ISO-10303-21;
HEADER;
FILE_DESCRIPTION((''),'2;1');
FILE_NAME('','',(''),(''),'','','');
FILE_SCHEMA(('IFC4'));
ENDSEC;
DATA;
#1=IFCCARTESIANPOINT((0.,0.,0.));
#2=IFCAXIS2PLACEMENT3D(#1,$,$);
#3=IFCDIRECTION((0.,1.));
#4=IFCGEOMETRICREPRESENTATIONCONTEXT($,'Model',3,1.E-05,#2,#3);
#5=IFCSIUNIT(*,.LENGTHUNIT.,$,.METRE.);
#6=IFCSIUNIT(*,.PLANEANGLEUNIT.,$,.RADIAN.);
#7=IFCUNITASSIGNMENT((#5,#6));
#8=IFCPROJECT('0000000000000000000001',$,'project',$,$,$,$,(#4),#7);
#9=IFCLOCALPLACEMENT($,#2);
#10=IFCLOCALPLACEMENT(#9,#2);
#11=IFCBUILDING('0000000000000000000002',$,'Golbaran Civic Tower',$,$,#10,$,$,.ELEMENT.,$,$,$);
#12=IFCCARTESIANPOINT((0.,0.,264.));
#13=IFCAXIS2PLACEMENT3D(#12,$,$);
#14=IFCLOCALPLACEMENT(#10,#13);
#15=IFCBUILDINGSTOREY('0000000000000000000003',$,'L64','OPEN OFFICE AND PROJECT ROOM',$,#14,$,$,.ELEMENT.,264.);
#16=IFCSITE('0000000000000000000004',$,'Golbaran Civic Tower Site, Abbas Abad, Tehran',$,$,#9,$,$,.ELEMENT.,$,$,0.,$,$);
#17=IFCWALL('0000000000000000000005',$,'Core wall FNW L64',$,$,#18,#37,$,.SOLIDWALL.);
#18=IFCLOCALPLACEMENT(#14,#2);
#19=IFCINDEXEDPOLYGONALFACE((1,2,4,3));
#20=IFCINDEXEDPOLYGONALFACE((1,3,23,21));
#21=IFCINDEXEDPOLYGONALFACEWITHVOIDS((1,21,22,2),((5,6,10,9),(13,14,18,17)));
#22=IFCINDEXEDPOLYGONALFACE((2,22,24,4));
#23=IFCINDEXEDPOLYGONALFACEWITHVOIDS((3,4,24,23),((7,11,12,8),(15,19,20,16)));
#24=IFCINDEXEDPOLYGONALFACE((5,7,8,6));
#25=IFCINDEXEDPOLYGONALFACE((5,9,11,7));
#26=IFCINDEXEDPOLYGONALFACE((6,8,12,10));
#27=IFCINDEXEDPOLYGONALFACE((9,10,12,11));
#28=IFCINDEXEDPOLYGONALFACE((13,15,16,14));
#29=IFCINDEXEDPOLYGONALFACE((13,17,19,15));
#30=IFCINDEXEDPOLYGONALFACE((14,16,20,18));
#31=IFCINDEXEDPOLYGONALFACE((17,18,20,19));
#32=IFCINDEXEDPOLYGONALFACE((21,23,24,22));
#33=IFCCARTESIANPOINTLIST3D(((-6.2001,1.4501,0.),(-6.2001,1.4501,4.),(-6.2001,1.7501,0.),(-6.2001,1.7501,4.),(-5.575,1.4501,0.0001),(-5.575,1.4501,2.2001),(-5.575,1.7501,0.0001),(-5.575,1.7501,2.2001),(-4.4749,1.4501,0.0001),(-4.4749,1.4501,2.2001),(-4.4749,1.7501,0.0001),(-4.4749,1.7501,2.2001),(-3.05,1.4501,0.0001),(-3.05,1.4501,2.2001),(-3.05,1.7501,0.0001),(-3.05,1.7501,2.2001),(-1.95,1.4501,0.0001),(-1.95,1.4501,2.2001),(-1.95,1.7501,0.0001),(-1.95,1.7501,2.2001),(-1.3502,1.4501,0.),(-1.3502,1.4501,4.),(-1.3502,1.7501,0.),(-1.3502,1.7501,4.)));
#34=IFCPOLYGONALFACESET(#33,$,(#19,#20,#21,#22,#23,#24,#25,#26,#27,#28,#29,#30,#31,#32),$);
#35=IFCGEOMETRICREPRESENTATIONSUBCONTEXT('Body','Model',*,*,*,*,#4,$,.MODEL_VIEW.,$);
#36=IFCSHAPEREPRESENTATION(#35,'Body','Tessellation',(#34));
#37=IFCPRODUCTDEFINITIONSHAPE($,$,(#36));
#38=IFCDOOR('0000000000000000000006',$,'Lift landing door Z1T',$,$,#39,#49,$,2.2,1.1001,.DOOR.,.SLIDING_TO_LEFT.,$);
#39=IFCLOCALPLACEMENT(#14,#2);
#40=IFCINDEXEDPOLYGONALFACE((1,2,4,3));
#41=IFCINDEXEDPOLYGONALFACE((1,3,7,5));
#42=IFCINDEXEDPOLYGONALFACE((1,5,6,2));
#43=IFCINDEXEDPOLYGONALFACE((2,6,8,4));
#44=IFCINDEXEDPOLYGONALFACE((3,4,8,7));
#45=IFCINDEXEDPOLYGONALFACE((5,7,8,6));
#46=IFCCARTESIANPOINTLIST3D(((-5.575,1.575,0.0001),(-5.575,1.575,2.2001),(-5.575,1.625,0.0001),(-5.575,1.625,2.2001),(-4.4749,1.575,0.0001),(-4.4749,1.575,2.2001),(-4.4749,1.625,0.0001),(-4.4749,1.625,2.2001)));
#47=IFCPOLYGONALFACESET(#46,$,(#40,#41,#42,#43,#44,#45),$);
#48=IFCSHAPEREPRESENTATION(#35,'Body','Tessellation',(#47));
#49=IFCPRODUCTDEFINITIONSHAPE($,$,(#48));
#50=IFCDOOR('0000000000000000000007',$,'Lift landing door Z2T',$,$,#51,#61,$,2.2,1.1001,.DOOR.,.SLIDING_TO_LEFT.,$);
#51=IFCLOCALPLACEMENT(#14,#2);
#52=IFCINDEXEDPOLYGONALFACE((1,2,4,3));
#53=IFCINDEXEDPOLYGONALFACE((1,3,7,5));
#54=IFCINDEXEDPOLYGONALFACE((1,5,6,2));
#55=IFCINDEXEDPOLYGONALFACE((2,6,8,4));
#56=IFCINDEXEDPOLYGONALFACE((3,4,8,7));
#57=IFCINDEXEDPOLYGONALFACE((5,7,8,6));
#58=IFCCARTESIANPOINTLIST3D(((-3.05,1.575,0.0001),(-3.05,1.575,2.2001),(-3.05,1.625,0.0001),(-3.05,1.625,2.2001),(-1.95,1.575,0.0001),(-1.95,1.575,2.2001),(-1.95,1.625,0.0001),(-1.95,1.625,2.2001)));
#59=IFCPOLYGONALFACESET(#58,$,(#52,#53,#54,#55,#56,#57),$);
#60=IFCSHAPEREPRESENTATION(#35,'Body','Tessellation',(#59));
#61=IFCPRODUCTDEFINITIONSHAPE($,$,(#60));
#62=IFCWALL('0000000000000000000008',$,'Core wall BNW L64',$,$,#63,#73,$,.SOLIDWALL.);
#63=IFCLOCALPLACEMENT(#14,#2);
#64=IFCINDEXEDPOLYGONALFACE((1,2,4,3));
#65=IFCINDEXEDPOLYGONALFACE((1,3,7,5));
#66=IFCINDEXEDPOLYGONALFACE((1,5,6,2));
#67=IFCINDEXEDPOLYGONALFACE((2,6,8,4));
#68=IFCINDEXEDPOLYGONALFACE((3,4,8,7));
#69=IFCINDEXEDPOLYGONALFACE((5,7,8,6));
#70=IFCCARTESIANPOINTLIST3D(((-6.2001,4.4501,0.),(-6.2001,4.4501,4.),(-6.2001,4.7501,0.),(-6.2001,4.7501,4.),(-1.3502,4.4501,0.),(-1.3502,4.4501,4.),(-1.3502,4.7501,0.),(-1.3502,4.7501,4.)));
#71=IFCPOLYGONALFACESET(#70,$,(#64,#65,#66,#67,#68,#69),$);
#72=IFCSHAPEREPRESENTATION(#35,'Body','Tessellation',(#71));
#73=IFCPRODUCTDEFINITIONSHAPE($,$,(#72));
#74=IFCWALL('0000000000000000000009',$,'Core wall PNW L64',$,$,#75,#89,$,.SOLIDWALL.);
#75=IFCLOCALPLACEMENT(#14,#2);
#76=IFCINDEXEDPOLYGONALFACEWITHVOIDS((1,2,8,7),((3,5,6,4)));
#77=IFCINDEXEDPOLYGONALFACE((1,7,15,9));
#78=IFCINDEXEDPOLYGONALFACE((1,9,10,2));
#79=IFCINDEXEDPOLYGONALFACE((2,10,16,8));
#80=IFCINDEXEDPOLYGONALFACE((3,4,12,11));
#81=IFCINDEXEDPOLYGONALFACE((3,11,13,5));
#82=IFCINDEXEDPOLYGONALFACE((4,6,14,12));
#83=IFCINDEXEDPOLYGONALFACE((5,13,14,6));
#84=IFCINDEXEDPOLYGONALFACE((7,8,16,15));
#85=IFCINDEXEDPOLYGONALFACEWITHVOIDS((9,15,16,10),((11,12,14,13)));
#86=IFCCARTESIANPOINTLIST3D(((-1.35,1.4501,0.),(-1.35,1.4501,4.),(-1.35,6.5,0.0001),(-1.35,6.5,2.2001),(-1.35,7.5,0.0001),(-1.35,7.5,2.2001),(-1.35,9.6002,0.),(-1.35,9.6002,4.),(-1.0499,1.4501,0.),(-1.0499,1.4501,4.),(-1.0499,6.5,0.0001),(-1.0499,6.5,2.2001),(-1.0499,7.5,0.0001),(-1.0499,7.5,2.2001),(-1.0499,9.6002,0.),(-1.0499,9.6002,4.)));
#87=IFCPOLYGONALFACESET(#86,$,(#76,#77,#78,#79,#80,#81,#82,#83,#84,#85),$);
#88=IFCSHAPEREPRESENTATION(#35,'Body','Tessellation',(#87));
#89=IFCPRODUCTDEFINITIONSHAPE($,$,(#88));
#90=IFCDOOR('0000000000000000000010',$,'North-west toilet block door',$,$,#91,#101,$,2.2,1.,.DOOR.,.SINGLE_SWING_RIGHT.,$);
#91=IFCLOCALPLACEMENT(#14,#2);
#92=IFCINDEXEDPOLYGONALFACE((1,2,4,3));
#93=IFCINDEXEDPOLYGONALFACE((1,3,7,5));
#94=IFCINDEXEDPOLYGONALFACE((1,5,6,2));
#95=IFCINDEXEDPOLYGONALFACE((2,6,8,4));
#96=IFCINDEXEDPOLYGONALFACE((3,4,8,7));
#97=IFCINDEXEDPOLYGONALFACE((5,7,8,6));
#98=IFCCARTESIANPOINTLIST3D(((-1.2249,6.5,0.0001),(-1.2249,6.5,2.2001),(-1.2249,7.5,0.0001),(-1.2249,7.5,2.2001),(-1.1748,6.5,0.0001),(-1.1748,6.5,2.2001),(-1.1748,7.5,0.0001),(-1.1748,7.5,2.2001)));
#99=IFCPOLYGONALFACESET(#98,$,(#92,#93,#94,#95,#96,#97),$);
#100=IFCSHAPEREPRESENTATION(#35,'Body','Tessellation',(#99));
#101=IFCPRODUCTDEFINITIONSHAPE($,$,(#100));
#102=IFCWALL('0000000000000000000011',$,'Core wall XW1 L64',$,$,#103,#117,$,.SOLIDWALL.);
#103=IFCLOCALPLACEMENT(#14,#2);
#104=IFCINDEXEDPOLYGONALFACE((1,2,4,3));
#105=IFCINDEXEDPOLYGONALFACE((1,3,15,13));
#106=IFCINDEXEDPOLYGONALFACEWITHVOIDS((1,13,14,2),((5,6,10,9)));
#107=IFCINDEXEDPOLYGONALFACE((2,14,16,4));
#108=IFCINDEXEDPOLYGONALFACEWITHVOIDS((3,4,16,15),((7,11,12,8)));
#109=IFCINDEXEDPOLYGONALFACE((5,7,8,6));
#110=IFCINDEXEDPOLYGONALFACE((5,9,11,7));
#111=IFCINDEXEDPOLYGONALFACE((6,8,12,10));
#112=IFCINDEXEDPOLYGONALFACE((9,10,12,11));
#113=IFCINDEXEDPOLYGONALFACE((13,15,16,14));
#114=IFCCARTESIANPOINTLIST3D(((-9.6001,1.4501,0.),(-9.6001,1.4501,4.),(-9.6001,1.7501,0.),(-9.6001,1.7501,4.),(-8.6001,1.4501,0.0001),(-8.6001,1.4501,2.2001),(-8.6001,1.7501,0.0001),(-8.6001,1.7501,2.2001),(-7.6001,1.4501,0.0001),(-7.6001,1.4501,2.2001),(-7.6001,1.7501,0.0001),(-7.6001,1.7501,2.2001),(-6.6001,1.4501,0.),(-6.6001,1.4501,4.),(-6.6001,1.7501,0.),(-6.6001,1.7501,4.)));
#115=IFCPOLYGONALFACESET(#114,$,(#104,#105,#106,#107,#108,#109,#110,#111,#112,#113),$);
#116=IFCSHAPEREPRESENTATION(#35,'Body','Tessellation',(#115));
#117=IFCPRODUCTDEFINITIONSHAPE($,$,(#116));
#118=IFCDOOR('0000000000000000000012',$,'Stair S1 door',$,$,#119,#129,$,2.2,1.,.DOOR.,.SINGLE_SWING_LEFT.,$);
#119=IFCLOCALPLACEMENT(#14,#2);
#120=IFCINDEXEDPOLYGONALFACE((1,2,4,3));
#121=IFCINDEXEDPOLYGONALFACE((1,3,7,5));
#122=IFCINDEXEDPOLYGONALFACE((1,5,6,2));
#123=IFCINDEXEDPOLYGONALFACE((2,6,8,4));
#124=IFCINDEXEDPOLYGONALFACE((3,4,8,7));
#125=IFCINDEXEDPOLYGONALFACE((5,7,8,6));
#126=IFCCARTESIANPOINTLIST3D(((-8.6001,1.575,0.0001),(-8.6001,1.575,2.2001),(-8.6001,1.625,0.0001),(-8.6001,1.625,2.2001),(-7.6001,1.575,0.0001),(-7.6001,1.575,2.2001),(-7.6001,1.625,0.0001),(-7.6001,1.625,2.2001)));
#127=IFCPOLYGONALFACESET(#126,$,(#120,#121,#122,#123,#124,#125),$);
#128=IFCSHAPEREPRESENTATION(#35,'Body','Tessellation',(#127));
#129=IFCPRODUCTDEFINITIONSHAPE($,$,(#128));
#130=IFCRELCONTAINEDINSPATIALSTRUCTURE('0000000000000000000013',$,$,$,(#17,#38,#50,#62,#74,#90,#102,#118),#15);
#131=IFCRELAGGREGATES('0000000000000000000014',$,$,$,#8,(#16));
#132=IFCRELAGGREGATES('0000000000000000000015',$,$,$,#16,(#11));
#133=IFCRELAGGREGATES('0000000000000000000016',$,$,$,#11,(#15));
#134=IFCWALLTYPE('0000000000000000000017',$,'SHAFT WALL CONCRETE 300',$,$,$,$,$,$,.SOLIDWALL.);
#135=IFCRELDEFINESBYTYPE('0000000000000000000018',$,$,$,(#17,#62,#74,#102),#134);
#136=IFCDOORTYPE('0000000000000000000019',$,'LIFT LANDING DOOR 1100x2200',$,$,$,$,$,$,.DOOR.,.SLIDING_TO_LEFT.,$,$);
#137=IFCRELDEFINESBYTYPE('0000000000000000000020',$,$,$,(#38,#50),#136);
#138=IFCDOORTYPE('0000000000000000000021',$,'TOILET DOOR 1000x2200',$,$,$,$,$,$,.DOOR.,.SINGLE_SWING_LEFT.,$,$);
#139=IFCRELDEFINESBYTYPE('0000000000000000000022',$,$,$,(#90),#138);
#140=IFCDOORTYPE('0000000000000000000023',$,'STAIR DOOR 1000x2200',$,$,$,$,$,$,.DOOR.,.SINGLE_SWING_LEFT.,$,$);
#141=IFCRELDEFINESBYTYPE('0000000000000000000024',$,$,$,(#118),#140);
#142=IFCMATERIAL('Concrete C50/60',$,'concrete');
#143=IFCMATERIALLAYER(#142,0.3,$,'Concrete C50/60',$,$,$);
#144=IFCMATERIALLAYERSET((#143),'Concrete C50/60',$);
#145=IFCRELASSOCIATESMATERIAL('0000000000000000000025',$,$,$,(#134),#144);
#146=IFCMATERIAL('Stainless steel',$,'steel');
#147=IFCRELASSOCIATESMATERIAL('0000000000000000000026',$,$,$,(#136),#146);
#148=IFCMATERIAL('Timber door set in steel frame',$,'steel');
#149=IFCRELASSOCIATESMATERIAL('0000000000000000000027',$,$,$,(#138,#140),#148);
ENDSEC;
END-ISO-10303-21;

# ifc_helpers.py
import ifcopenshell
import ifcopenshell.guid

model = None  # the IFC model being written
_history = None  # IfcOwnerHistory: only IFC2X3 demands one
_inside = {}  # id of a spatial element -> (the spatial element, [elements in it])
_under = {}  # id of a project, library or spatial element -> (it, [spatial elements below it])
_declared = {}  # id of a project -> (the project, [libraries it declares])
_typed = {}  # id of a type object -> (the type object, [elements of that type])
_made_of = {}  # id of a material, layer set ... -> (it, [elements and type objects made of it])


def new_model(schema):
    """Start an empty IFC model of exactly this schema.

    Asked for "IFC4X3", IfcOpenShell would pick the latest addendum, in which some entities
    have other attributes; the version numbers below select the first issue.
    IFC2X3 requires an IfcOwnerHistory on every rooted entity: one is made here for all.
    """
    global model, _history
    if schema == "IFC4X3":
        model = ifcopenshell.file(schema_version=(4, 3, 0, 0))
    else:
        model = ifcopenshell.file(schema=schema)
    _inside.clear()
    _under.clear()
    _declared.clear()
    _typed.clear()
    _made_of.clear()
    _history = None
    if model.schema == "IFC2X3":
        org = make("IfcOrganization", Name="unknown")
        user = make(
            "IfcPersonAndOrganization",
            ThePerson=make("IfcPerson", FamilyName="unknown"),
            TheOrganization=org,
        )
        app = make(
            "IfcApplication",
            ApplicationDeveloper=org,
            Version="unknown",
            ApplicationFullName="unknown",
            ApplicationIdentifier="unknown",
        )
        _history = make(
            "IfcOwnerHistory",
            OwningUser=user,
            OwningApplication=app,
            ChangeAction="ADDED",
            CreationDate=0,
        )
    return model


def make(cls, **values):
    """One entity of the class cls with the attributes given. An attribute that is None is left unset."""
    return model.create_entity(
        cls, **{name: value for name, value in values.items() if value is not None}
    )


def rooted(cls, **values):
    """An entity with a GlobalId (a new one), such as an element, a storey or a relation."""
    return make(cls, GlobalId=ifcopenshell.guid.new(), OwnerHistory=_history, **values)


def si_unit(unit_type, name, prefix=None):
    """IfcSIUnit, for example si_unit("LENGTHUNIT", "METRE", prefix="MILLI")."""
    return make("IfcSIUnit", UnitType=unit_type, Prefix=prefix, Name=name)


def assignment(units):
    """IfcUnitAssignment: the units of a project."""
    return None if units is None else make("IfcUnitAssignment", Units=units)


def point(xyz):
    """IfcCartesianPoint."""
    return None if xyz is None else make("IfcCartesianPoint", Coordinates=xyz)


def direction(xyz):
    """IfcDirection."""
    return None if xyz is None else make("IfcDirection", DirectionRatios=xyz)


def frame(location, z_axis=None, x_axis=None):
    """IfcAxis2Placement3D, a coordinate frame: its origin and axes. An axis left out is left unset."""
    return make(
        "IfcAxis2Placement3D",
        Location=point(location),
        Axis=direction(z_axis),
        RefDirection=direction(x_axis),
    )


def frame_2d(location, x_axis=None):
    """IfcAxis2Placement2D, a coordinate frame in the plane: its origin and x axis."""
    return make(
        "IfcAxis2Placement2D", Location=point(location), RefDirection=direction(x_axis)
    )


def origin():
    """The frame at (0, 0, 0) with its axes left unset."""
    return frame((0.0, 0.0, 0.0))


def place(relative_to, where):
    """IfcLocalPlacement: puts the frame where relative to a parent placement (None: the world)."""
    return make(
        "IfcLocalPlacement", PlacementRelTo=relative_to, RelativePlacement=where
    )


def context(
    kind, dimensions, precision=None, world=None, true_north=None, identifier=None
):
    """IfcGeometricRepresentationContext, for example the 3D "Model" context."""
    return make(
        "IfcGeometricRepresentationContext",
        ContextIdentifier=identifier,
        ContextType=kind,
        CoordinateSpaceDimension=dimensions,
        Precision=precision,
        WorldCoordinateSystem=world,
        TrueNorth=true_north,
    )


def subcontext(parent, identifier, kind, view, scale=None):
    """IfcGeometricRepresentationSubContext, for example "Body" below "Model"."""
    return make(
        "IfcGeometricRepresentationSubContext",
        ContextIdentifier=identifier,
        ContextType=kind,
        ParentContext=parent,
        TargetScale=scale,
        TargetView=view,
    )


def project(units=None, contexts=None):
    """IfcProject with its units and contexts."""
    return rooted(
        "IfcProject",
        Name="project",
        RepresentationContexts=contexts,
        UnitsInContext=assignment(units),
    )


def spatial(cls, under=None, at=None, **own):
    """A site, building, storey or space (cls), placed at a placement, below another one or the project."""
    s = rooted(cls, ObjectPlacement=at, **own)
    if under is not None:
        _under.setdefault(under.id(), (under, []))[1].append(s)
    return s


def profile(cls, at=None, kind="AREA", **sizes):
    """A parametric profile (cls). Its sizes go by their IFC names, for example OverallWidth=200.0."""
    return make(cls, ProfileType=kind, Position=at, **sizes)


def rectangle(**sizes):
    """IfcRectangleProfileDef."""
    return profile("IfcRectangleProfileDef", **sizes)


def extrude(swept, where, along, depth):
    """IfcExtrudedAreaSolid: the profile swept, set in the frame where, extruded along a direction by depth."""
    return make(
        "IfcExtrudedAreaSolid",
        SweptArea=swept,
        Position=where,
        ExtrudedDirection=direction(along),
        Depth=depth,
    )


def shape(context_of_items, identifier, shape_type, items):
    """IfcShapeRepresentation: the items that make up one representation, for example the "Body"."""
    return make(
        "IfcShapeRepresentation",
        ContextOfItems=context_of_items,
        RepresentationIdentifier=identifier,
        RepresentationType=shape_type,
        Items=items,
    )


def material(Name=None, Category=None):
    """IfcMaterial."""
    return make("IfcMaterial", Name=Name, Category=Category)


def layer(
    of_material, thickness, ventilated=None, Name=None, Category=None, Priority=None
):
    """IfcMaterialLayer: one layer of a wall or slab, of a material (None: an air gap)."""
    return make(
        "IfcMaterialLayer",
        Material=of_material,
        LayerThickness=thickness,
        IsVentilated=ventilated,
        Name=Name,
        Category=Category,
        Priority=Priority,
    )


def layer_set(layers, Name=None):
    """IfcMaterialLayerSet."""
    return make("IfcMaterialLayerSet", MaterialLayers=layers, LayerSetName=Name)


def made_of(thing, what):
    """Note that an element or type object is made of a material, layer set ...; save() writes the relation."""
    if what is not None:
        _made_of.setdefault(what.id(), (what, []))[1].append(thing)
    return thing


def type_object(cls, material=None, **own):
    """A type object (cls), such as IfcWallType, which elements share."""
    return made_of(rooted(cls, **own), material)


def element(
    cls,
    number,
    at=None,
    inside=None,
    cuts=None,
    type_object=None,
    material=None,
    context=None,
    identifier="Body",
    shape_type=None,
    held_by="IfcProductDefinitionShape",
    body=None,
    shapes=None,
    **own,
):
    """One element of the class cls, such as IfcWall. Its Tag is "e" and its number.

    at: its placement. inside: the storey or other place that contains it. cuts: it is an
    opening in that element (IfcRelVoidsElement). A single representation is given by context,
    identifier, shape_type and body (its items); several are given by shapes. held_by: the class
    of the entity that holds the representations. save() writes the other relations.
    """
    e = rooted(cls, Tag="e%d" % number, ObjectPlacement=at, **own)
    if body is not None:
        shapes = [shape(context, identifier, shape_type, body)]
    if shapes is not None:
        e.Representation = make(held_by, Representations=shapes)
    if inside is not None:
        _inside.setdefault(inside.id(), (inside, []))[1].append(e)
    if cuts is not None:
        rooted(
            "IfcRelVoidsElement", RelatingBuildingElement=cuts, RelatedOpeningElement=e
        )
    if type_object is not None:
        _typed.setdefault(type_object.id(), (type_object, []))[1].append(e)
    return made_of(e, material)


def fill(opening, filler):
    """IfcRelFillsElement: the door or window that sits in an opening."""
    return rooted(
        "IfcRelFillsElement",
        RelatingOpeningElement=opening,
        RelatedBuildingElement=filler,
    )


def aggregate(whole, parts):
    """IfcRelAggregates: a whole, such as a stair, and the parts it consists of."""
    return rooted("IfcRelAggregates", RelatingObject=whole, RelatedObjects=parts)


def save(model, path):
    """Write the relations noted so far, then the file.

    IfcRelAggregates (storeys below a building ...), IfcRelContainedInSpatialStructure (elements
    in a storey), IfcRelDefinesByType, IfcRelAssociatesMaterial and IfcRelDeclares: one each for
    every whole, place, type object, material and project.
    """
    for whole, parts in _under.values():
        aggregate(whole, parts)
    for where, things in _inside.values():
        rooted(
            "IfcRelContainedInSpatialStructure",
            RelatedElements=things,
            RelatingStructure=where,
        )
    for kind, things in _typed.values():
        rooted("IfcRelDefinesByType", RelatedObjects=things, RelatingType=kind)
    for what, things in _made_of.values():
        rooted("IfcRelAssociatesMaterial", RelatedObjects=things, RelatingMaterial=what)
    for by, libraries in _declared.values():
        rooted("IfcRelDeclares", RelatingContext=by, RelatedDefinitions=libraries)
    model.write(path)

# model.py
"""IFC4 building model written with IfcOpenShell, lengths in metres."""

from ifc_helpers import new_model, si_unit, direction, frame, frame_2d, origin, place, context, subcontext, project, spatial, rectangle, extrude, material, layer, layer_set, type_object, element, fill, save


model = new_model("IFC4")

# Units and contexts
model_context = context("Model", 3, precision=1e-05, world=origin(), true_north=direction((0.0, 1.0)))
body_context = subcontext(model_context, "Body", "Model", "MODEL_VIEW")
ifc_project = project(units=[si_unit("LENGTHUNIT", "METRE"), si_unit("PLANEANGLEUNIT", "RADIAN")], contexts=[model_context])

# Site, building, storey
site_placement = place(None, origin())
site = spatial("IfcSite", under=ifc_project, at=site_placement, Name="Golbaran Civic Tower Site, Abbas Abad, Tehran", CompositionType="ELEMENT", RefElevation=0.0)
building_placement = place(site_placement, origin())
building = spatial("IfcBuilding", under=site, at=building_placement, Name="Golbaran Civic Tower", CompositionType="ELEMENT")
storey_placement = place(building_placement, frame((0.0, 0.0, 264.0)))
storey = spatial("IfcBuildingStorey", under=building, at=storey_placement, Name="L64", Description="OPEN OFFICE AND PROJECT ROOM", CompositionType="ELEMENT", Elevation=264.0)

# Shared definitions
ifc_material_1 = material(Name="Timber door set in steel frame", Category="steel")

# Wall, openings, doors
ifc_material_2 = material(Name="Concrete C50/60", Category="concrete")
ifc_layer_1 = layer(ifc_material_2, 0.3, Name="Concrete C50/60")
ifc_layer_set_1 = layer_set([ifc_layer_1], Name="Concrete C50/60")
wall_type_1 = type_object("IfcWallType", Name="SHAFT WALL CONCRETE 300", PredefinedType="SOLIDWALL", material=ifc_layer_set_1)
wall_1_placement = place(storey_placement, frame((-6.2, 1.6001, 0.0), z_axis=(0.0, 0.0, 1.0), x_axis=(1.0, 0.0, 0.0)))
wall_1 = element("IfcWall", 1, at=wall_1_placement, inside=storey, type_object=wall_type_1, Name="Core wall FNW L64", PredefinedType="SOLIDWALL", context=body_context, shape_type="SweptSolid", body=[
    extrude(rectangle(XDim=4.8499, YDim=0.3, at=frame_2d((2.4248, 0.0))), origin(), (0.0, 0.0, 1.0), 4.0),
])
opening_1_placement = place(wall_1_placement, frame((0.625, 0.0, 0.0)))
opening_1 = element("IfcOpeningElement", 2, at=opening_1_placement, cuts=wall_1, PredefinedType="OPENING", context=body_context, shape_type="SweptSolid", body=[
    extrude(rectangle(XDim=1.1001, YDim=2.2, at=frame_2d((0.55, 1.1001))), frame((0.0, 0.1599, 0.0), z_axis=(0.0, -1.0, 0.0), x_axis=(1.0, 0.0, 0.0)), (0.0, 0.0, 1.0), 0.3201),
])
opening_2_placement = place(wall_1_placement, frame((3.1499, 0.0, 0.0)))
opening_2 = element("IfcOpeningElement", 3, at=opening_2_placement, cuts=wall_1, PredefinedType="OPENING", context=body_context, shape_type="SweptSolid", body=[
    extrude(rectangle(XDim=1.1001, YDim=2.2, at=frame_2d((0.55, 1.1001))), frame((0.0, 0.1599, 0.0), z_axis=(0.0, -1.0, 0.0), x_axis=(1.0, 0.0, 0.0)), (0.0, 0.0, 1.0), 0.3201),
])
ifc_material_3 = material(Name="Stainless steel", Category="steel")
door_type_1 = type_object("IfcDoorType", Name="LIFT LANDING DOOR 1100x2200", OperationType="SLIDING_TO_LEFT", PredefinedType="DOOR", material=ifc_material_3)
door_1_placement = place(opening_1_placement, origin())
door_1 = element("IfcDoor", 4, at=door_1_placement, inside=storey, type_object=door_type_1, Name="Lift landing door Z1T", OperationType="SLIDING_TO_LEFT", OverallHeight=2.2, OverallWidth=1.1001, PredefinedType="DOOR", context=body_context, shape_type="SweptSolid", body=[
    extrude(rectangle(XDim=1.1001, YDim=2.2, at=frame_2d((0.55, 1.1001))), frame((0.0, 0.0249, 0.0), z_axis=(0.0, -1.0, 0.0), x_axis=(1.0, 0.0, 0.0)), (0.0, 0.0, 1.0), 0.05),
])
fill(opening_1, door_1)
door_2_placement = place(opening_2_placement, origin())
door_2 = element("IfcDoor", 5, at=door_2_placement, inside=storey, type_object=door_type_1, Name="Lift landing door Z2T", OperationType="SLIDING_TO_LEFT", OverallHeight=2.2, OverallWidth=1.1001, PredefinedType="DOOR", context=body_context, shape_type="SweptSolid", body=[
    extrude(rectangle(XDim=1.1001, YDim=2.2, at=frame_2d((0.55, 1.1001))), frame((0.0, 0.0249, 0.0), z_axis=(0.0, -1.0, 0.0), x_axis=(1.0, 0.0, 0.0)), (0.0, 0.0, 1.0), 0.05),
])
fill(opening_2, door_2)

# Wall
wall_2_placement = place(storey_placement, frame((-6.2, 4.6001, 0.0), z_axis=(0.0, 0.0, 1.0), x_axis=(1.0, 0.0, 0.0)))
element("IfcWall", 6, at=wall_2_placement, inside=storey, type_object=wall_type_1, Name="Core wall BNW L64", PredefinedType="SOLIDWALL", context=body_context, shape_type="SweptSolid", body=[
    extrude(rectangle(XDim=4.8499, YDim=0.3, at=frame_2d((2.4248, 0.0))), origin(), (0.0, 0.0, 1.0), 4.0),
])

# Walls, openings, doors
wall_3_placement = place(storey_placement, frame((-1.2, 1.45, 0.0), z_axis=(0.0, 0.0, 1.0), x_axis=(0.0, 1.0, 0.0)))
wall_3 = element("IfcWall", 7, at=wall_3_placement, inside=storey, type_object=wall_type_1, Name="Core wall PNW L64", PredefinedType="SOLIDWALL", context=body_context, shape_type="SweptSolid", body=[
    extrude(rectangle(XDim=8.1501, YDim=0.3, at=frame_2d((4.0752, 0.0))), origin(), (0.0, 0.0, 1.0), 4.0),
])
opening_3_placement = place(wall_3_placement, frame((5.05, 0.0, 0.0)))
opening_3 = element("IfcOpeningElement", 8, at=opening_3_placement, cuts=wall_3, PredefinedType="OPENING", context=body_context, shape_type="SweptSolid", body=[
    extrude(rectangle(XDim=1.0, YDim=2.2, at=frame_2d((0.5, 1.1001))), frame((0.0, 0.1599, 0.0), z_axis=(0.0, -1.0, 0.0), x_axis=(1.0, 0.0, 0.0)), (0.0, 0.0, 1.0), 0.3201),
])
door_type_2 = type_object("IfcDoorType", Name="TOILET DOOR 1000x2200", OperationType="SINGLE_SWING_LEFT", PredefinedType="DOOR", material=ifc_material_1)
door_3_placement = place(opening_3_placement, origin())
door_3 = element("IfcDoor", 9, at=door_3_placement, inside=storey, type_object=door_type_2, Name="North-west toilet block door", OperationType="SINGLE_SWING_RIGHT", OverallHeight=2.2, OverallWidth=1.0, PredefinedType="DOOR", context=body_context, shape_type="SweptSolid", body=[
    extrude(rectangle(XDim=1.0, YDim=2.2, at=frame_2d((0.5, 1.1001))), frame((0.0, 0.0249, 0.0), z_axis=(0.0, -1.0, 0.0), x_axis=(1.0, 0.0, 0.0)), (0.0, 0.0, 1.0), 0.05),
])
fill(opening_3, door_3)
wall_4_placement = place(storey_placement, frame((-9.6001, 1.6001, 0.0), z_axis=(0.0, 0.0, 1.0), x_axis=(1.0, 0.0, 0.0)))
wall_4 = element("IfcWall", 10, at=wall_4_placement, inside=storey, type_object=wall_type_1, Name="Core wall XW1 L64", PredefinedType="SOLIDWALL", context=body_context, shape_type="SweptSolid", body=[
    extrude(rectangle(XDim=3.0, YDim=0.3, at=frame_2d((1.5, 0.0))), origin(), (0.0, 0.0, 1.0), 4.0),
])
opening_4_placement = place(wall_4_placement, frame((1.0, 0.0, 0.0)))
opening_4 = element("IfcOpeningElement", 11, at=opening_4_placement, cuts=wall_4, PredefinedType="OPENING", context=body_context, shape_type="SweptSolid", body=[
    extrude(rectangle(XDim=1.0, YDim=2.2, at=frame_2d((0.5, 1.1001))), frame((0.0, 0.1599, 0.0), z_axis=(0.0, -1.0, 0.0), x_axis=(1.0, 0.0, 0.0)), (0.0, 0.0, 1.0), 0.3201),
])
door_type_3 = type_object("IfcDoorType", Name="STAIR DOOR 1000x2200", OperationType="SINGLE_SWING_LEFT", PredefinedType="DOOR", material=ifc_material_1)
door_4_placement = place(opening_4_placement, origin())
door_4 = element("IfcDoor", 12, at=door_4_placement, inside=storey, type_object=door_type_3, Name="Stair S1 door", OperationType="SINGLE_SWING_LEFT", OverallHeight=2.2, OverallWidth=1.0, PredefinedType="DOOR", context=body_context, shape_type="SweptSolid", body=[
    extrude(rectangle(XDim=1.0, YDim=2.2, at=frame_2d((0.5, 1.1001))), frame((0.0, 0.0249, 0.0), z_axis=(0.0, -1.0, 0.0), x_axis=(1.0, 0.0, 0.0)), (0.0, 0.0, 1.0), 0.05),
])
fill(opening_4, door_4)

save(model, "model.ifc")
